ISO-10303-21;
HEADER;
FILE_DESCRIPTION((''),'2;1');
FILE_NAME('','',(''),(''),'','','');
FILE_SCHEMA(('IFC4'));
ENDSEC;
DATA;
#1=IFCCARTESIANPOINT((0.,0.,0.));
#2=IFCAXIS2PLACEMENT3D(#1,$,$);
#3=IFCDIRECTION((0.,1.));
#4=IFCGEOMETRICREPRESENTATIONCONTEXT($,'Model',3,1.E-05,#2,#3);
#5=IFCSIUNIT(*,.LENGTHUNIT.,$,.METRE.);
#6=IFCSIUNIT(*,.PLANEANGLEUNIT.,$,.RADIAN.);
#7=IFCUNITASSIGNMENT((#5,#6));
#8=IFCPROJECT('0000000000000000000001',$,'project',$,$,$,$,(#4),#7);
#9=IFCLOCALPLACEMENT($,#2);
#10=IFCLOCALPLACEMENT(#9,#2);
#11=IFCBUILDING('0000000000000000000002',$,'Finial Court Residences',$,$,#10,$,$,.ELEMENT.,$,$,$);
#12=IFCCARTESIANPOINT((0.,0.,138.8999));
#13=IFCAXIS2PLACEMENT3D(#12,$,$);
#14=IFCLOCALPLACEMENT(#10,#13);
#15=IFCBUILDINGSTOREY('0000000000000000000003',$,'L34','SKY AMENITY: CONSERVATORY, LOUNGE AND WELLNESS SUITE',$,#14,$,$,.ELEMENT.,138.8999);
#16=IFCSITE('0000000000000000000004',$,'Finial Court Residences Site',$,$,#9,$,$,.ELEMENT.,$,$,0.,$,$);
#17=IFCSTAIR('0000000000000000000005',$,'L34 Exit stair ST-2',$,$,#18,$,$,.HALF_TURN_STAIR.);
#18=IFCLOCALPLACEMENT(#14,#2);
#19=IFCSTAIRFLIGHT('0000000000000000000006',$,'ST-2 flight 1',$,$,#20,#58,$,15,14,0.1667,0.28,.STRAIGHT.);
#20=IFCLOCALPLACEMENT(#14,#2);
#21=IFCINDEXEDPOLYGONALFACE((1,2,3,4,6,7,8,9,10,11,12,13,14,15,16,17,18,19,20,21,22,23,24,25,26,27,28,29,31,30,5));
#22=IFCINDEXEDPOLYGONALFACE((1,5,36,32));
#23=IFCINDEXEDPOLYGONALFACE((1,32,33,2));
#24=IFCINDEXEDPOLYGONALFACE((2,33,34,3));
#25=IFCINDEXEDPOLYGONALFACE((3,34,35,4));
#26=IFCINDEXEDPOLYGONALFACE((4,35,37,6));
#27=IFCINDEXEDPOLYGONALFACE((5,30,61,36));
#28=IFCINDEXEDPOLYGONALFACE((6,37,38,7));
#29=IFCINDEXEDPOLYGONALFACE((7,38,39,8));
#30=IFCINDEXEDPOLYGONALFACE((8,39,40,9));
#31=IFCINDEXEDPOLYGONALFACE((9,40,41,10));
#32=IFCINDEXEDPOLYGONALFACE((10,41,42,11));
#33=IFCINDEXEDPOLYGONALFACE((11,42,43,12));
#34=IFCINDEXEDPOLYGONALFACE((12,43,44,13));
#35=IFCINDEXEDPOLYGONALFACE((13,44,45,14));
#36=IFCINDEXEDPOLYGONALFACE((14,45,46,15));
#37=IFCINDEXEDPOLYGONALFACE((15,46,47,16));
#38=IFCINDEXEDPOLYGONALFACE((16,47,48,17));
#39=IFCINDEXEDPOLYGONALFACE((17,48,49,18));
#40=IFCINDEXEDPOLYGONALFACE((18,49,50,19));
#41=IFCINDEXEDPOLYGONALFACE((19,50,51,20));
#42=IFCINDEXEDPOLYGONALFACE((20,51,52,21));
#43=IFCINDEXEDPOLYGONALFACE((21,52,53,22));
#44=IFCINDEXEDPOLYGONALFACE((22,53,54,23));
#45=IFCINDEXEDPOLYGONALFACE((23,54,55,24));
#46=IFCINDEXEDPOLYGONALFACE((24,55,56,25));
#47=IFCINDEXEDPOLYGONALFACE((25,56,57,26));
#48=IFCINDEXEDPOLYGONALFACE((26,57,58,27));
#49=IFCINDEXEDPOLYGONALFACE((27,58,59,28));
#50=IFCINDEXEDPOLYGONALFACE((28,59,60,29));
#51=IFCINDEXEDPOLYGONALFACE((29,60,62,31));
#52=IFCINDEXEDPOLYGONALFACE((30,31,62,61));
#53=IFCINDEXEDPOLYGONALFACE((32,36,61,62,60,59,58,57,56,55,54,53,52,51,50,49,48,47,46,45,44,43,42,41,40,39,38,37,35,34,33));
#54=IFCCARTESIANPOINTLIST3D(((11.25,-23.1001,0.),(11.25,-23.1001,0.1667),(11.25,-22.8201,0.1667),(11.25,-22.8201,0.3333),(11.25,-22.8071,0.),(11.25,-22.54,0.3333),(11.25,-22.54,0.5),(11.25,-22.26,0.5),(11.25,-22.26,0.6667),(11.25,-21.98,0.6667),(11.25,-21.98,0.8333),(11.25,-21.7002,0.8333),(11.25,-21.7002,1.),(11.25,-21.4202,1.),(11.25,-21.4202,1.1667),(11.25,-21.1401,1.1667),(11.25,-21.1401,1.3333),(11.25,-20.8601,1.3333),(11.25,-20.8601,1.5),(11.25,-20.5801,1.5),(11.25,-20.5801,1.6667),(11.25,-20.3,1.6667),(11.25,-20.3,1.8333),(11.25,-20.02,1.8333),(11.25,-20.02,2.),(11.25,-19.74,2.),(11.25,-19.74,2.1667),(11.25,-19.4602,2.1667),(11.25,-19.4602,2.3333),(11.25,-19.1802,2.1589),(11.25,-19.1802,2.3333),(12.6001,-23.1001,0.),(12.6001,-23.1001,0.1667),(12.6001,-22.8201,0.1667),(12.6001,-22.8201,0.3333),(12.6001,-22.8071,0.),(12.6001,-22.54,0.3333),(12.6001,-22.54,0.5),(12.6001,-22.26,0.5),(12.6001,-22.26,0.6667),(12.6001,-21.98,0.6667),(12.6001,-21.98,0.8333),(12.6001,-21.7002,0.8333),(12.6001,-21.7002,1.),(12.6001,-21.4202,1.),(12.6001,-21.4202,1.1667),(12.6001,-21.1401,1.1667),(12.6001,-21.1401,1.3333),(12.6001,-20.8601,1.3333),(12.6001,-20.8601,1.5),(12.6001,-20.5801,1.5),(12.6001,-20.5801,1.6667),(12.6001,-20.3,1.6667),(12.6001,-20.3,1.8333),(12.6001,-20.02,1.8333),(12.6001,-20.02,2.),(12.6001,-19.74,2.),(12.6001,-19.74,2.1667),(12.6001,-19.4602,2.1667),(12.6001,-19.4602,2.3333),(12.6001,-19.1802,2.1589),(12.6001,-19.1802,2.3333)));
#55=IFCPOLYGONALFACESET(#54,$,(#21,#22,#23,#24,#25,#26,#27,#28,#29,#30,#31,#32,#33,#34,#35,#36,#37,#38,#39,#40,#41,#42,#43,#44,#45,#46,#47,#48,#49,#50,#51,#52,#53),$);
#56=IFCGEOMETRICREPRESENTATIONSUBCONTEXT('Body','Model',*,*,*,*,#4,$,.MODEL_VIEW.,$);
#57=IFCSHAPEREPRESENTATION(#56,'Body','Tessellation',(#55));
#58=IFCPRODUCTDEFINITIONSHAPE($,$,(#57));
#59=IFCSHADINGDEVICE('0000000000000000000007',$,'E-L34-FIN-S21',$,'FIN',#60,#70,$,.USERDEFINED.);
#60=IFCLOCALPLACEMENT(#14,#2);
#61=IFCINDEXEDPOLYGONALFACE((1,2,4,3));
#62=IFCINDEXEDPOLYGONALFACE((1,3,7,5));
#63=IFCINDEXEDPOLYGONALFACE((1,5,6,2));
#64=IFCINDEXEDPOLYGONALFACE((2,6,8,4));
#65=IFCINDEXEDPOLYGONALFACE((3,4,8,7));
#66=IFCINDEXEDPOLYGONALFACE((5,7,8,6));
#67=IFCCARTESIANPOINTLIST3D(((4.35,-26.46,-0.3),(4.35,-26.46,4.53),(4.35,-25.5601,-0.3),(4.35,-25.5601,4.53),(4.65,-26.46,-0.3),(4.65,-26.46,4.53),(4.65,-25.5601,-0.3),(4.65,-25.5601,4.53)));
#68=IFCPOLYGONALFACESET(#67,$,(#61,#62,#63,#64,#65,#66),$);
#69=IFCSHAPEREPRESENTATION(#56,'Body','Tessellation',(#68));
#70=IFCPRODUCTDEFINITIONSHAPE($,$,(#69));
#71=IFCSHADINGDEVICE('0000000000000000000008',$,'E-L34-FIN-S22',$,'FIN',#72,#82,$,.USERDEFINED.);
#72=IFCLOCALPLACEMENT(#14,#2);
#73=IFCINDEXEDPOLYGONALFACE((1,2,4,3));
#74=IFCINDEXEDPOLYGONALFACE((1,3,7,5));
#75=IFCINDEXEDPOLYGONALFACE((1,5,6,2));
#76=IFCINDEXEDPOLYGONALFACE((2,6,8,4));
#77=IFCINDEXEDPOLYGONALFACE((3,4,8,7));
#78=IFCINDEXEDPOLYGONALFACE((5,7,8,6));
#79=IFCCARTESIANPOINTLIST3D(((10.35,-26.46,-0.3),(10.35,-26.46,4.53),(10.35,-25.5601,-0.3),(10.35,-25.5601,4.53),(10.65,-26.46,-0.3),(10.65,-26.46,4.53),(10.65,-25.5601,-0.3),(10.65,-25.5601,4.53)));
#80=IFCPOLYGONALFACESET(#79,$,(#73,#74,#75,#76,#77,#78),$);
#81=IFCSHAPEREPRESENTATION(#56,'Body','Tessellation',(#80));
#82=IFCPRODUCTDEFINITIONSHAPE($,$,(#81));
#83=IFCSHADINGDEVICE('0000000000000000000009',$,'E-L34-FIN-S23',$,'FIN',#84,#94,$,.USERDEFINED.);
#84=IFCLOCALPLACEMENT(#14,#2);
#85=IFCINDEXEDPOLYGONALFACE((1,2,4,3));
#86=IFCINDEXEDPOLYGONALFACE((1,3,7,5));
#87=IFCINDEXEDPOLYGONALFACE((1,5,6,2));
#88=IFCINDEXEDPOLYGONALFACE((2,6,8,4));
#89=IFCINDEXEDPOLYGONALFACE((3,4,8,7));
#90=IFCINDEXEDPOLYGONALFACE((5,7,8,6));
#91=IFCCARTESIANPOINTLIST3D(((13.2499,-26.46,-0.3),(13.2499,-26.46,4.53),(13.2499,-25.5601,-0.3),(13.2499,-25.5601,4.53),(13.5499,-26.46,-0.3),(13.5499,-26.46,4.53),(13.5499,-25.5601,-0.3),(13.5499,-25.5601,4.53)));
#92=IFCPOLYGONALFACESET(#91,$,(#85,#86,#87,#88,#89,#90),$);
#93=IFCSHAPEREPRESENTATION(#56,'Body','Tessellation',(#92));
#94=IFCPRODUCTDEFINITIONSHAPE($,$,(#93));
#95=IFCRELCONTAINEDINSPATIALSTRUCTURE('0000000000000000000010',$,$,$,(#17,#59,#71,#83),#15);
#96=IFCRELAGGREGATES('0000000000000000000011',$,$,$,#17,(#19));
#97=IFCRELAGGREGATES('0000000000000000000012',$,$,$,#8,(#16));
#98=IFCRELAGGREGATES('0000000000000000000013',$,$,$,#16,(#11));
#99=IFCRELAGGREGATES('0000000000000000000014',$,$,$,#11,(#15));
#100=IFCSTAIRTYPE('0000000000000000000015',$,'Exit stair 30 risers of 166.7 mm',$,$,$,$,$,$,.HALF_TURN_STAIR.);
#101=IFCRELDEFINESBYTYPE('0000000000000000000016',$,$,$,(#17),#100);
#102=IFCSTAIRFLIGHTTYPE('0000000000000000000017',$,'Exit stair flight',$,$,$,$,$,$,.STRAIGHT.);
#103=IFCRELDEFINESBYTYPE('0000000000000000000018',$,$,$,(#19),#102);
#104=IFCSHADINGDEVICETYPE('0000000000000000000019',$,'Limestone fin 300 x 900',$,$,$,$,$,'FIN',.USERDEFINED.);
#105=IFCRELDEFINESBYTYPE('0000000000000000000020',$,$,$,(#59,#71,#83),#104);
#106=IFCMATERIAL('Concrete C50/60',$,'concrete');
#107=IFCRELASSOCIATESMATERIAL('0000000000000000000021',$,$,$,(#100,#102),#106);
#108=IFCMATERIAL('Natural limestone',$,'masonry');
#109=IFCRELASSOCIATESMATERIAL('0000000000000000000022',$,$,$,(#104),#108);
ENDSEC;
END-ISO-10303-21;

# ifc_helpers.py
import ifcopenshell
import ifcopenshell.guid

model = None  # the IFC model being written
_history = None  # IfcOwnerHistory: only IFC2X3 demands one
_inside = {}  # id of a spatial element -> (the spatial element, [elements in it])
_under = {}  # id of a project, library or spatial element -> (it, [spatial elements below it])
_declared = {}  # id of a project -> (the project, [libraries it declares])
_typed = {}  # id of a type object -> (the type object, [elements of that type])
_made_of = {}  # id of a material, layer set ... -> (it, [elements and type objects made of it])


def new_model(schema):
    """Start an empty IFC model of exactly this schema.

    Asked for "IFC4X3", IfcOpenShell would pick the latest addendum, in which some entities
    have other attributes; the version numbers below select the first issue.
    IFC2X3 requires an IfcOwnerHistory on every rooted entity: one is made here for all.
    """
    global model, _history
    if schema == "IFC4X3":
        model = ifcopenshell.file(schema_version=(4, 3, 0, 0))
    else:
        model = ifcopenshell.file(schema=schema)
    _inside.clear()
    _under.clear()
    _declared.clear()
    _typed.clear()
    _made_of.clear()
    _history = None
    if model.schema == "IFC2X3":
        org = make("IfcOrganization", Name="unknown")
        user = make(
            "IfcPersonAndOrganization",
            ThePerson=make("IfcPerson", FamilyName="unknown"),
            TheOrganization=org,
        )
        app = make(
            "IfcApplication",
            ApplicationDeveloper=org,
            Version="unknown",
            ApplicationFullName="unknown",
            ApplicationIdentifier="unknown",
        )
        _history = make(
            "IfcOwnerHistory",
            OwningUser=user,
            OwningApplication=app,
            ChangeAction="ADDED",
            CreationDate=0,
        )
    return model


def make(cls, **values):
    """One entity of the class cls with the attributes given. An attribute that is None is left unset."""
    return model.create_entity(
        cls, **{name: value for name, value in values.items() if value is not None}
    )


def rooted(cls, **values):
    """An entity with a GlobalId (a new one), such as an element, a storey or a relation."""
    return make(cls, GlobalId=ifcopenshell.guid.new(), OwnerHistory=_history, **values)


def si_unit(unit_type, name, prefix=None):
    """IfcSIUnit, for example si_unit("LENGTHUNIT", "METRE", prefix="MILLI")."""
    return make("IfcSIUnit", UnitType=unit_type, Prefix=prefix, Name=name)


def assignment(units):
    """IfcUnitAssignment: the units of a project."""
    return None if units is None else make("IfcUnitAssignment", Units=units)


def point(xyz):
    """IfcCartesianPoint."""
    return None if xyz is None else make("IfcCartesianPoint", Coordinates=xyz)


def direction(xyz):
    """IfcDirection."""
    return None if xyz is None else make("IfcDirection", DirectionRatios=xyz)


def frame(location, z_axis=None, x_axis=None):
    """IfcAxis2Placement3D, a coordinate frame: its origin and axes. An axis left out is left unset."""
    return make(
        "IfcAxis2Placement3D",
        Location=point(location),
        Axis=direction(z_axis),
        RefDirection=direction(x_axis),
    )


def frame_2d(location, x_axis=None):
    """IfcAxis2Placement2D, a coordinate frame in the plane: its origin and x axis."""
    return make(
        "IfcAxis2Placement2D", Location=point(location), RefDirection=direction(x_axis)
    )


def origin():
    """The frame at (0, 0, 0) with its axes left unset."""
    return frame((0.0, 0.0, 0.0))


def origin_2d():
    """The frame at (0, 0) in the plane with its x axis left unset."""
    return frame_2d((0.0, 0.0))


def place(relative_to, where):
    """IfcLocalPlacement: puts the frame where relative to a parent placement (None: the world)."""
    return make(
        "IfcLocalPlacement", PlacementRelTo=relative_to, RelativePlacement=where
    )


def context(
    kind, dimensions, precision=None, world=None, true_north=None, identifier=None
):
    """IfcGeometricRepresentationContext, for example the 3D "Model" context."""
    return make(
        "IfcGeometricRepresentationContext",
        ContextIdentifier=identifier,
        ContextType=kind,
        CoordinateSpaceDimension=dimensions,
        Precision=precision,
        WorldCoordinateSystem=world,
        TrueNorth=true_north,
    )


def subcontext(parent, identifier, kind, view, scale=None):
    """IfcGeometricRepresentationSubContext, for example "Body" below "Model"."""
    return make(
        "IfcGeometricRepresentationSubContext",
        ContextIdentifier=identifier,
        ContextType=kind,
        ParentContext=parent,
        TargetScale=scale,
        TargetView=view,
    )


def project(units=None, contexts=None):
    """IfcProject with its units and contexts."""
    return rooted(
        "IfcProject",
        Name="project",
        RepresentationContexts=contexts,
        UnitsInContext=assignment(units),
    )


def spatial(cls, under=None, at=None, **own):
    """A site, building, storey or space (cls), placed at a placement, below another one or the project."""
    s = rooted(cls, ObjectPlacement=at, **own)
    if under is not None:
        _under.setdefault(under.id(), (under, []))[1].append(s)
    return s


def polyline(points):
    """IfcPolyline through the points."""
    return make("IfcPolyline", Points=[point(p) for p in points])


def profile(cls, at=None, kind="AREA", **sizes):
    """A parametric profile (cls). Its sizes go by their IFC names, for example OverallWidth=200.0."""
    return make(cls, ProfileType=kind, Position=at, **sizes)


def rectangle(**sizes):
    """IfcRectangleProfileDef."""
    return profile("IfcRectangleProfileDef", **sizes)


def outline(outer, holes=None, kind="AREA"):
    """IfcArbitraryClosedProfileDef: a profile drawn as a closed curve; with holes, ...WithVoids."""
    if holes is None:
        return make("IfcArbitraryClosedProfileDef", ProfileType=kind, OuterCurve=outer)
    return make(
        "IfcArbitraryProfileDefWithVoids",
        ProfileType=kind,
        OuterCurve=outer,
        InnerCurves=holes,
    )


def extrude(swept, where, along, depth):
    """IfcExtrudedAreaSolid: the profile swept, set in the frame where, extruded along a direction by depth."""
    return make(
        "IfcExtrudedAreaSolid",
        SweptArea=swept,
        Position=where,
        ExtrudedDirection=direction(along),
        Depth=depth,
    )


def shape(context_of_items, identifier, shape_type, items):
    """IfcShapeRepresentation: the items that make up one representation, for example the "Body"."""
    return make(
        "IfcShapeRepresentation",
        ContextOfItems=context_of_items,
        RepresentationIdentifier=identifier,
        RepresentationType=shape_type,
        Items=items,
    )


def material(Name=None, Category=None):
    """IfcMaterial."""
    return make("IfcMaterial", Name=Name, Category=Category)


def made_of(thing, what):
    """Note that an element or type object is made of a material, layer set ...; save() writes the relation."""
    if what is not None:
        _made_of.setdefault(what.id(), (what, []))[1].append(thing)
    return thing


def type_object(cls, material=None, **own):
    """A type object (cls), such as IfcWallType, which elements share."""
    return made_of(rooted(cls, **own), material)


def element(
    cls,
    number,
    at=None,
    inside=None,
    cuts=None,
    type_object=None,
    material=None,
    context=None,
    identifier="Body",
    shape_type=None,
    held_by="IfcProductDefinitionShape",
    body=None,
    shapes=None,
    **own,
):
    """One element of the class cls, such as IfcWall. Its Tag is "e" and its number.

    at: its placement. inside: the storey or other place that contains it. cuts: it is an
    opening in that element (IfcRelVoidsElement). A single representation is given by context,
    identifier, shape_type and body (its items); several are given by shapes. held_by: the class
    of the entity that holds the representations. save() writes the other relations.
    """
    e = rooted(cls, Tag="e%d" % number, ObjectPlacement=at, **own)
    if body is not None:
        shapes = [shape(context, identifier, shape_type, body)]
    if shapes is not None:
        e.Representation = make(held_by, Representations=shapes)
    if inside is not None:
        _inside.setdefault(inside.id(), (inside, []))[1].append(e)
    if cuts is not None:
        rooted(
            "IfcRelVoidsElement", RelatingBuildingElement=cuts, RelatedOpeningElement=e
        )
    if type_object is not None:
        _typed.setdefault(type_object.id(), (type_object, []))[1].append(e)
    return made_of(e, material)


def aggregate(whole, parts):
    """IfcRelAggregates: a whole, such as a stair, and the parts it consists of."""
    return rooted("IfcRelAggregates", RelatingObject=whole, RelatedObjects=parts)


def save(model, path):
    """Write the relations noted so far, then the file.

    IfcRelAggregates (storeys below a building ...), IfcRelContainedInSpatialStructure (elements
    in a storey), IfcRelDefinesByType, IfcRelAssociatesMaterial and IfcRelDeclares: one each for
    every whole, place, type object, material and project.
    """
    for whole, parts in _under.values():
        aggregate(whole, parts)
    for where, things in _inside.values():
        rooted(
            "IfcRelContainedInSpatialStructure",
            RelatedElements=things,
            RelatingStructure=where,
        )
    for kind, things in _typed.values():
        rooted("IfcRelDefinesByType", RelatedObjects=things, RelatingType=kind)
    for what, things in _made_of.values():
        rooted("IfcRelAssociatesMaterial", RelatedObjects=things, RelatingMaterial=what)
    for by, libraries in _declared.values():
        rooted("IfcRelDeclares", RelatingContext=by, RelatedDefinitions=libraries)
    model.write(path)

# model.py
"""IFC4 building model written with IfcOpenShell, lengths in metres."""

from ifc_helpers import new_model, si_unit, direction, frame, origin, origin_2d, place, context, subcontext, project, spatial, polyline, rectangle, outline, extrude, material, type_object, element, aggregate, save


model = new_model("IFC4")

# Units and contexts
model_context = context("Model", 3, precision=1e-05, world=origin(), true_north=direction((0.0, 1.0)))
body_context = subcontext(model_context, "Body", "Model", "MODEL_VIEW")
ifc_project = project(units=[si_unit("LENGTHUNIT", "METRE"), si_unit("PLANEANGLEUNIT", "RADIAN")], contexts=[model_context])

# Site, building, storey
site_placement = place(None, origin())
site = spatial("IfcSite", under=ifc_project, at=site_placement, Name="Finial Court Residences Site", CompositionType="ELEMENT", RefElevation=0.0)
building_placement = place(site_placement, origin())
building = spatial("IfcBuilding", under=site, at=building_placement, Name="Finial Court Residences", CompositionType="ELEMENT")
storey_placement = place(building_placement, frame((0.0, 0.0, 138.8999)))
storey = spatial("IfcBuildingStorey", under=building, at=storey_placement, Name="L34", Description="SKY AMENITY: CONSERVATORY, LOUNGE AND WELLNESS SUITE", CompositionType="ELEMENT", Elevation=138.8999)

# Stair, stair flight
ifc_material_1 = material(Name="Concrete C50/60", Category="concrete")
stair_type = type_object("IfcStairType", Name="Exit stair 30 risers of 166.7 mm", PredefinedType="HALF_TURN_STAIR", material=ifc_material_1)
stair_placement = place(storey_placement, origin())
stair = element("IfcStair", 1, at=stair_placement, inside=storey, type_object=stair_type, Name="L34 Exit stair ST-2", PredefinedType="HALF_TURN_STAIR")
stair_flight_type = type_object("IfcStairFlightType", Name="Exit stair flight", PredefinedType="STRAIGHT", material=ifc_material_1)
stair_flight_placement = place(storey_placement, frame((11.925, -23.1001, 0.0), z_axis=(0.0, 0.0, 1.0), x_axis=(0.0, 1.0, 0.0)))
stair_flight = element("IfcStairFlight", 2, at=stair_flight_placement, type_object=stair_flight_type, Name="ST-2 flight 1", NumberOfRisers=15, NumberOfTreads=14, PredefinedType="STRAIGHT", RiserHeight=0.1667, TreadLength=0.28, context=body_context, shape_type="SweptSolid", body=[
    extrude(outline(polyline([(0.0, 0.0), (0.0, 0.1667), (0.28, 0.1667), (0.28, 0.3333), (0.5601, 0.3333), (0.5601, 0.5), (0.8401, 0.5), (0.8401, 0.6667), (1.1201, 0.6667), (1.1201, 0.8333), (1.3999, 0.8333), (1.3999, 1.0), (1.6799, 1.0), (1.6799, 1.1667), (1.96, 1.1667), (1.96, 1.3333), (2.24, 1.3333), (2.24, 1.5), (2.52, 1.5), (2.52, 1.6667), (2.8, 1.6667), (2.8, 1.8333), (3.0801, 1.8333), (3.0801, 2.0), (3.3601, 2.0), (3.3601, 2.1667), (3.6399, 2.1667), (3.6399, 2.3333), (3.9199, 2.3333), (3.9199, 2.5), (3.9199, 2.1589), (0.293, 0.0), (0.0, 0.0)])), frame((0.0, 0.675, 0.0), z_axis=(0.0, -1.0, 0.0), x_axis=(1.0, 0.0, 0.0)), (0.0, 0.0, 1.0), 1.3501),
])
aggregate(stair, [stair_flight])

# Shading devices
ifc_material_2 = material(Name="Natural limestone", Category="masonry")
shading_device_type = type_object("IfcShadingDeviceType", Name="Limestone fin 300 x 900", ElementType="FIN", PredefinedType="USERDEFINED", material=ifc_material_2)
for number, where, z_axis, x_axis, name in (
    (3, (4.5, -26.01, -0.3), (0.0, 0.0, 1.0), (1.0, 0.0, 0.0), "E-L34-FIN-S21"),
    (4, (10.5, -26.01, -0.3), (0.0, 0.0, 1.0), (1.0, 0.0, 0.0), "E-L34-FIN-S22"),
    (5, (13.3999, -26.01, -0.3), (0.0, 0.0, 1.0), (1.0, 0.0, 0.0), "E-L34-FIN-S23"),
):
    element("IfcShadingDevice", number, at=place(storey_placement, frame(where, z_axis=z_axis, x_axis=x_axis)), inside=storey, type_object=shading_device_type, Name=name, ObjectType="FIN", PredefinedType="USERDEFINED", context=body_context, shape_type="SweptSolid", body=[
        extrude(rectangle(XDim=0.3, YDim=0.8999, at=origin_2d()), origin(), (0.0, 0.0, 1.0), 4.8301),
    ])

save(model, "model.ifc")
